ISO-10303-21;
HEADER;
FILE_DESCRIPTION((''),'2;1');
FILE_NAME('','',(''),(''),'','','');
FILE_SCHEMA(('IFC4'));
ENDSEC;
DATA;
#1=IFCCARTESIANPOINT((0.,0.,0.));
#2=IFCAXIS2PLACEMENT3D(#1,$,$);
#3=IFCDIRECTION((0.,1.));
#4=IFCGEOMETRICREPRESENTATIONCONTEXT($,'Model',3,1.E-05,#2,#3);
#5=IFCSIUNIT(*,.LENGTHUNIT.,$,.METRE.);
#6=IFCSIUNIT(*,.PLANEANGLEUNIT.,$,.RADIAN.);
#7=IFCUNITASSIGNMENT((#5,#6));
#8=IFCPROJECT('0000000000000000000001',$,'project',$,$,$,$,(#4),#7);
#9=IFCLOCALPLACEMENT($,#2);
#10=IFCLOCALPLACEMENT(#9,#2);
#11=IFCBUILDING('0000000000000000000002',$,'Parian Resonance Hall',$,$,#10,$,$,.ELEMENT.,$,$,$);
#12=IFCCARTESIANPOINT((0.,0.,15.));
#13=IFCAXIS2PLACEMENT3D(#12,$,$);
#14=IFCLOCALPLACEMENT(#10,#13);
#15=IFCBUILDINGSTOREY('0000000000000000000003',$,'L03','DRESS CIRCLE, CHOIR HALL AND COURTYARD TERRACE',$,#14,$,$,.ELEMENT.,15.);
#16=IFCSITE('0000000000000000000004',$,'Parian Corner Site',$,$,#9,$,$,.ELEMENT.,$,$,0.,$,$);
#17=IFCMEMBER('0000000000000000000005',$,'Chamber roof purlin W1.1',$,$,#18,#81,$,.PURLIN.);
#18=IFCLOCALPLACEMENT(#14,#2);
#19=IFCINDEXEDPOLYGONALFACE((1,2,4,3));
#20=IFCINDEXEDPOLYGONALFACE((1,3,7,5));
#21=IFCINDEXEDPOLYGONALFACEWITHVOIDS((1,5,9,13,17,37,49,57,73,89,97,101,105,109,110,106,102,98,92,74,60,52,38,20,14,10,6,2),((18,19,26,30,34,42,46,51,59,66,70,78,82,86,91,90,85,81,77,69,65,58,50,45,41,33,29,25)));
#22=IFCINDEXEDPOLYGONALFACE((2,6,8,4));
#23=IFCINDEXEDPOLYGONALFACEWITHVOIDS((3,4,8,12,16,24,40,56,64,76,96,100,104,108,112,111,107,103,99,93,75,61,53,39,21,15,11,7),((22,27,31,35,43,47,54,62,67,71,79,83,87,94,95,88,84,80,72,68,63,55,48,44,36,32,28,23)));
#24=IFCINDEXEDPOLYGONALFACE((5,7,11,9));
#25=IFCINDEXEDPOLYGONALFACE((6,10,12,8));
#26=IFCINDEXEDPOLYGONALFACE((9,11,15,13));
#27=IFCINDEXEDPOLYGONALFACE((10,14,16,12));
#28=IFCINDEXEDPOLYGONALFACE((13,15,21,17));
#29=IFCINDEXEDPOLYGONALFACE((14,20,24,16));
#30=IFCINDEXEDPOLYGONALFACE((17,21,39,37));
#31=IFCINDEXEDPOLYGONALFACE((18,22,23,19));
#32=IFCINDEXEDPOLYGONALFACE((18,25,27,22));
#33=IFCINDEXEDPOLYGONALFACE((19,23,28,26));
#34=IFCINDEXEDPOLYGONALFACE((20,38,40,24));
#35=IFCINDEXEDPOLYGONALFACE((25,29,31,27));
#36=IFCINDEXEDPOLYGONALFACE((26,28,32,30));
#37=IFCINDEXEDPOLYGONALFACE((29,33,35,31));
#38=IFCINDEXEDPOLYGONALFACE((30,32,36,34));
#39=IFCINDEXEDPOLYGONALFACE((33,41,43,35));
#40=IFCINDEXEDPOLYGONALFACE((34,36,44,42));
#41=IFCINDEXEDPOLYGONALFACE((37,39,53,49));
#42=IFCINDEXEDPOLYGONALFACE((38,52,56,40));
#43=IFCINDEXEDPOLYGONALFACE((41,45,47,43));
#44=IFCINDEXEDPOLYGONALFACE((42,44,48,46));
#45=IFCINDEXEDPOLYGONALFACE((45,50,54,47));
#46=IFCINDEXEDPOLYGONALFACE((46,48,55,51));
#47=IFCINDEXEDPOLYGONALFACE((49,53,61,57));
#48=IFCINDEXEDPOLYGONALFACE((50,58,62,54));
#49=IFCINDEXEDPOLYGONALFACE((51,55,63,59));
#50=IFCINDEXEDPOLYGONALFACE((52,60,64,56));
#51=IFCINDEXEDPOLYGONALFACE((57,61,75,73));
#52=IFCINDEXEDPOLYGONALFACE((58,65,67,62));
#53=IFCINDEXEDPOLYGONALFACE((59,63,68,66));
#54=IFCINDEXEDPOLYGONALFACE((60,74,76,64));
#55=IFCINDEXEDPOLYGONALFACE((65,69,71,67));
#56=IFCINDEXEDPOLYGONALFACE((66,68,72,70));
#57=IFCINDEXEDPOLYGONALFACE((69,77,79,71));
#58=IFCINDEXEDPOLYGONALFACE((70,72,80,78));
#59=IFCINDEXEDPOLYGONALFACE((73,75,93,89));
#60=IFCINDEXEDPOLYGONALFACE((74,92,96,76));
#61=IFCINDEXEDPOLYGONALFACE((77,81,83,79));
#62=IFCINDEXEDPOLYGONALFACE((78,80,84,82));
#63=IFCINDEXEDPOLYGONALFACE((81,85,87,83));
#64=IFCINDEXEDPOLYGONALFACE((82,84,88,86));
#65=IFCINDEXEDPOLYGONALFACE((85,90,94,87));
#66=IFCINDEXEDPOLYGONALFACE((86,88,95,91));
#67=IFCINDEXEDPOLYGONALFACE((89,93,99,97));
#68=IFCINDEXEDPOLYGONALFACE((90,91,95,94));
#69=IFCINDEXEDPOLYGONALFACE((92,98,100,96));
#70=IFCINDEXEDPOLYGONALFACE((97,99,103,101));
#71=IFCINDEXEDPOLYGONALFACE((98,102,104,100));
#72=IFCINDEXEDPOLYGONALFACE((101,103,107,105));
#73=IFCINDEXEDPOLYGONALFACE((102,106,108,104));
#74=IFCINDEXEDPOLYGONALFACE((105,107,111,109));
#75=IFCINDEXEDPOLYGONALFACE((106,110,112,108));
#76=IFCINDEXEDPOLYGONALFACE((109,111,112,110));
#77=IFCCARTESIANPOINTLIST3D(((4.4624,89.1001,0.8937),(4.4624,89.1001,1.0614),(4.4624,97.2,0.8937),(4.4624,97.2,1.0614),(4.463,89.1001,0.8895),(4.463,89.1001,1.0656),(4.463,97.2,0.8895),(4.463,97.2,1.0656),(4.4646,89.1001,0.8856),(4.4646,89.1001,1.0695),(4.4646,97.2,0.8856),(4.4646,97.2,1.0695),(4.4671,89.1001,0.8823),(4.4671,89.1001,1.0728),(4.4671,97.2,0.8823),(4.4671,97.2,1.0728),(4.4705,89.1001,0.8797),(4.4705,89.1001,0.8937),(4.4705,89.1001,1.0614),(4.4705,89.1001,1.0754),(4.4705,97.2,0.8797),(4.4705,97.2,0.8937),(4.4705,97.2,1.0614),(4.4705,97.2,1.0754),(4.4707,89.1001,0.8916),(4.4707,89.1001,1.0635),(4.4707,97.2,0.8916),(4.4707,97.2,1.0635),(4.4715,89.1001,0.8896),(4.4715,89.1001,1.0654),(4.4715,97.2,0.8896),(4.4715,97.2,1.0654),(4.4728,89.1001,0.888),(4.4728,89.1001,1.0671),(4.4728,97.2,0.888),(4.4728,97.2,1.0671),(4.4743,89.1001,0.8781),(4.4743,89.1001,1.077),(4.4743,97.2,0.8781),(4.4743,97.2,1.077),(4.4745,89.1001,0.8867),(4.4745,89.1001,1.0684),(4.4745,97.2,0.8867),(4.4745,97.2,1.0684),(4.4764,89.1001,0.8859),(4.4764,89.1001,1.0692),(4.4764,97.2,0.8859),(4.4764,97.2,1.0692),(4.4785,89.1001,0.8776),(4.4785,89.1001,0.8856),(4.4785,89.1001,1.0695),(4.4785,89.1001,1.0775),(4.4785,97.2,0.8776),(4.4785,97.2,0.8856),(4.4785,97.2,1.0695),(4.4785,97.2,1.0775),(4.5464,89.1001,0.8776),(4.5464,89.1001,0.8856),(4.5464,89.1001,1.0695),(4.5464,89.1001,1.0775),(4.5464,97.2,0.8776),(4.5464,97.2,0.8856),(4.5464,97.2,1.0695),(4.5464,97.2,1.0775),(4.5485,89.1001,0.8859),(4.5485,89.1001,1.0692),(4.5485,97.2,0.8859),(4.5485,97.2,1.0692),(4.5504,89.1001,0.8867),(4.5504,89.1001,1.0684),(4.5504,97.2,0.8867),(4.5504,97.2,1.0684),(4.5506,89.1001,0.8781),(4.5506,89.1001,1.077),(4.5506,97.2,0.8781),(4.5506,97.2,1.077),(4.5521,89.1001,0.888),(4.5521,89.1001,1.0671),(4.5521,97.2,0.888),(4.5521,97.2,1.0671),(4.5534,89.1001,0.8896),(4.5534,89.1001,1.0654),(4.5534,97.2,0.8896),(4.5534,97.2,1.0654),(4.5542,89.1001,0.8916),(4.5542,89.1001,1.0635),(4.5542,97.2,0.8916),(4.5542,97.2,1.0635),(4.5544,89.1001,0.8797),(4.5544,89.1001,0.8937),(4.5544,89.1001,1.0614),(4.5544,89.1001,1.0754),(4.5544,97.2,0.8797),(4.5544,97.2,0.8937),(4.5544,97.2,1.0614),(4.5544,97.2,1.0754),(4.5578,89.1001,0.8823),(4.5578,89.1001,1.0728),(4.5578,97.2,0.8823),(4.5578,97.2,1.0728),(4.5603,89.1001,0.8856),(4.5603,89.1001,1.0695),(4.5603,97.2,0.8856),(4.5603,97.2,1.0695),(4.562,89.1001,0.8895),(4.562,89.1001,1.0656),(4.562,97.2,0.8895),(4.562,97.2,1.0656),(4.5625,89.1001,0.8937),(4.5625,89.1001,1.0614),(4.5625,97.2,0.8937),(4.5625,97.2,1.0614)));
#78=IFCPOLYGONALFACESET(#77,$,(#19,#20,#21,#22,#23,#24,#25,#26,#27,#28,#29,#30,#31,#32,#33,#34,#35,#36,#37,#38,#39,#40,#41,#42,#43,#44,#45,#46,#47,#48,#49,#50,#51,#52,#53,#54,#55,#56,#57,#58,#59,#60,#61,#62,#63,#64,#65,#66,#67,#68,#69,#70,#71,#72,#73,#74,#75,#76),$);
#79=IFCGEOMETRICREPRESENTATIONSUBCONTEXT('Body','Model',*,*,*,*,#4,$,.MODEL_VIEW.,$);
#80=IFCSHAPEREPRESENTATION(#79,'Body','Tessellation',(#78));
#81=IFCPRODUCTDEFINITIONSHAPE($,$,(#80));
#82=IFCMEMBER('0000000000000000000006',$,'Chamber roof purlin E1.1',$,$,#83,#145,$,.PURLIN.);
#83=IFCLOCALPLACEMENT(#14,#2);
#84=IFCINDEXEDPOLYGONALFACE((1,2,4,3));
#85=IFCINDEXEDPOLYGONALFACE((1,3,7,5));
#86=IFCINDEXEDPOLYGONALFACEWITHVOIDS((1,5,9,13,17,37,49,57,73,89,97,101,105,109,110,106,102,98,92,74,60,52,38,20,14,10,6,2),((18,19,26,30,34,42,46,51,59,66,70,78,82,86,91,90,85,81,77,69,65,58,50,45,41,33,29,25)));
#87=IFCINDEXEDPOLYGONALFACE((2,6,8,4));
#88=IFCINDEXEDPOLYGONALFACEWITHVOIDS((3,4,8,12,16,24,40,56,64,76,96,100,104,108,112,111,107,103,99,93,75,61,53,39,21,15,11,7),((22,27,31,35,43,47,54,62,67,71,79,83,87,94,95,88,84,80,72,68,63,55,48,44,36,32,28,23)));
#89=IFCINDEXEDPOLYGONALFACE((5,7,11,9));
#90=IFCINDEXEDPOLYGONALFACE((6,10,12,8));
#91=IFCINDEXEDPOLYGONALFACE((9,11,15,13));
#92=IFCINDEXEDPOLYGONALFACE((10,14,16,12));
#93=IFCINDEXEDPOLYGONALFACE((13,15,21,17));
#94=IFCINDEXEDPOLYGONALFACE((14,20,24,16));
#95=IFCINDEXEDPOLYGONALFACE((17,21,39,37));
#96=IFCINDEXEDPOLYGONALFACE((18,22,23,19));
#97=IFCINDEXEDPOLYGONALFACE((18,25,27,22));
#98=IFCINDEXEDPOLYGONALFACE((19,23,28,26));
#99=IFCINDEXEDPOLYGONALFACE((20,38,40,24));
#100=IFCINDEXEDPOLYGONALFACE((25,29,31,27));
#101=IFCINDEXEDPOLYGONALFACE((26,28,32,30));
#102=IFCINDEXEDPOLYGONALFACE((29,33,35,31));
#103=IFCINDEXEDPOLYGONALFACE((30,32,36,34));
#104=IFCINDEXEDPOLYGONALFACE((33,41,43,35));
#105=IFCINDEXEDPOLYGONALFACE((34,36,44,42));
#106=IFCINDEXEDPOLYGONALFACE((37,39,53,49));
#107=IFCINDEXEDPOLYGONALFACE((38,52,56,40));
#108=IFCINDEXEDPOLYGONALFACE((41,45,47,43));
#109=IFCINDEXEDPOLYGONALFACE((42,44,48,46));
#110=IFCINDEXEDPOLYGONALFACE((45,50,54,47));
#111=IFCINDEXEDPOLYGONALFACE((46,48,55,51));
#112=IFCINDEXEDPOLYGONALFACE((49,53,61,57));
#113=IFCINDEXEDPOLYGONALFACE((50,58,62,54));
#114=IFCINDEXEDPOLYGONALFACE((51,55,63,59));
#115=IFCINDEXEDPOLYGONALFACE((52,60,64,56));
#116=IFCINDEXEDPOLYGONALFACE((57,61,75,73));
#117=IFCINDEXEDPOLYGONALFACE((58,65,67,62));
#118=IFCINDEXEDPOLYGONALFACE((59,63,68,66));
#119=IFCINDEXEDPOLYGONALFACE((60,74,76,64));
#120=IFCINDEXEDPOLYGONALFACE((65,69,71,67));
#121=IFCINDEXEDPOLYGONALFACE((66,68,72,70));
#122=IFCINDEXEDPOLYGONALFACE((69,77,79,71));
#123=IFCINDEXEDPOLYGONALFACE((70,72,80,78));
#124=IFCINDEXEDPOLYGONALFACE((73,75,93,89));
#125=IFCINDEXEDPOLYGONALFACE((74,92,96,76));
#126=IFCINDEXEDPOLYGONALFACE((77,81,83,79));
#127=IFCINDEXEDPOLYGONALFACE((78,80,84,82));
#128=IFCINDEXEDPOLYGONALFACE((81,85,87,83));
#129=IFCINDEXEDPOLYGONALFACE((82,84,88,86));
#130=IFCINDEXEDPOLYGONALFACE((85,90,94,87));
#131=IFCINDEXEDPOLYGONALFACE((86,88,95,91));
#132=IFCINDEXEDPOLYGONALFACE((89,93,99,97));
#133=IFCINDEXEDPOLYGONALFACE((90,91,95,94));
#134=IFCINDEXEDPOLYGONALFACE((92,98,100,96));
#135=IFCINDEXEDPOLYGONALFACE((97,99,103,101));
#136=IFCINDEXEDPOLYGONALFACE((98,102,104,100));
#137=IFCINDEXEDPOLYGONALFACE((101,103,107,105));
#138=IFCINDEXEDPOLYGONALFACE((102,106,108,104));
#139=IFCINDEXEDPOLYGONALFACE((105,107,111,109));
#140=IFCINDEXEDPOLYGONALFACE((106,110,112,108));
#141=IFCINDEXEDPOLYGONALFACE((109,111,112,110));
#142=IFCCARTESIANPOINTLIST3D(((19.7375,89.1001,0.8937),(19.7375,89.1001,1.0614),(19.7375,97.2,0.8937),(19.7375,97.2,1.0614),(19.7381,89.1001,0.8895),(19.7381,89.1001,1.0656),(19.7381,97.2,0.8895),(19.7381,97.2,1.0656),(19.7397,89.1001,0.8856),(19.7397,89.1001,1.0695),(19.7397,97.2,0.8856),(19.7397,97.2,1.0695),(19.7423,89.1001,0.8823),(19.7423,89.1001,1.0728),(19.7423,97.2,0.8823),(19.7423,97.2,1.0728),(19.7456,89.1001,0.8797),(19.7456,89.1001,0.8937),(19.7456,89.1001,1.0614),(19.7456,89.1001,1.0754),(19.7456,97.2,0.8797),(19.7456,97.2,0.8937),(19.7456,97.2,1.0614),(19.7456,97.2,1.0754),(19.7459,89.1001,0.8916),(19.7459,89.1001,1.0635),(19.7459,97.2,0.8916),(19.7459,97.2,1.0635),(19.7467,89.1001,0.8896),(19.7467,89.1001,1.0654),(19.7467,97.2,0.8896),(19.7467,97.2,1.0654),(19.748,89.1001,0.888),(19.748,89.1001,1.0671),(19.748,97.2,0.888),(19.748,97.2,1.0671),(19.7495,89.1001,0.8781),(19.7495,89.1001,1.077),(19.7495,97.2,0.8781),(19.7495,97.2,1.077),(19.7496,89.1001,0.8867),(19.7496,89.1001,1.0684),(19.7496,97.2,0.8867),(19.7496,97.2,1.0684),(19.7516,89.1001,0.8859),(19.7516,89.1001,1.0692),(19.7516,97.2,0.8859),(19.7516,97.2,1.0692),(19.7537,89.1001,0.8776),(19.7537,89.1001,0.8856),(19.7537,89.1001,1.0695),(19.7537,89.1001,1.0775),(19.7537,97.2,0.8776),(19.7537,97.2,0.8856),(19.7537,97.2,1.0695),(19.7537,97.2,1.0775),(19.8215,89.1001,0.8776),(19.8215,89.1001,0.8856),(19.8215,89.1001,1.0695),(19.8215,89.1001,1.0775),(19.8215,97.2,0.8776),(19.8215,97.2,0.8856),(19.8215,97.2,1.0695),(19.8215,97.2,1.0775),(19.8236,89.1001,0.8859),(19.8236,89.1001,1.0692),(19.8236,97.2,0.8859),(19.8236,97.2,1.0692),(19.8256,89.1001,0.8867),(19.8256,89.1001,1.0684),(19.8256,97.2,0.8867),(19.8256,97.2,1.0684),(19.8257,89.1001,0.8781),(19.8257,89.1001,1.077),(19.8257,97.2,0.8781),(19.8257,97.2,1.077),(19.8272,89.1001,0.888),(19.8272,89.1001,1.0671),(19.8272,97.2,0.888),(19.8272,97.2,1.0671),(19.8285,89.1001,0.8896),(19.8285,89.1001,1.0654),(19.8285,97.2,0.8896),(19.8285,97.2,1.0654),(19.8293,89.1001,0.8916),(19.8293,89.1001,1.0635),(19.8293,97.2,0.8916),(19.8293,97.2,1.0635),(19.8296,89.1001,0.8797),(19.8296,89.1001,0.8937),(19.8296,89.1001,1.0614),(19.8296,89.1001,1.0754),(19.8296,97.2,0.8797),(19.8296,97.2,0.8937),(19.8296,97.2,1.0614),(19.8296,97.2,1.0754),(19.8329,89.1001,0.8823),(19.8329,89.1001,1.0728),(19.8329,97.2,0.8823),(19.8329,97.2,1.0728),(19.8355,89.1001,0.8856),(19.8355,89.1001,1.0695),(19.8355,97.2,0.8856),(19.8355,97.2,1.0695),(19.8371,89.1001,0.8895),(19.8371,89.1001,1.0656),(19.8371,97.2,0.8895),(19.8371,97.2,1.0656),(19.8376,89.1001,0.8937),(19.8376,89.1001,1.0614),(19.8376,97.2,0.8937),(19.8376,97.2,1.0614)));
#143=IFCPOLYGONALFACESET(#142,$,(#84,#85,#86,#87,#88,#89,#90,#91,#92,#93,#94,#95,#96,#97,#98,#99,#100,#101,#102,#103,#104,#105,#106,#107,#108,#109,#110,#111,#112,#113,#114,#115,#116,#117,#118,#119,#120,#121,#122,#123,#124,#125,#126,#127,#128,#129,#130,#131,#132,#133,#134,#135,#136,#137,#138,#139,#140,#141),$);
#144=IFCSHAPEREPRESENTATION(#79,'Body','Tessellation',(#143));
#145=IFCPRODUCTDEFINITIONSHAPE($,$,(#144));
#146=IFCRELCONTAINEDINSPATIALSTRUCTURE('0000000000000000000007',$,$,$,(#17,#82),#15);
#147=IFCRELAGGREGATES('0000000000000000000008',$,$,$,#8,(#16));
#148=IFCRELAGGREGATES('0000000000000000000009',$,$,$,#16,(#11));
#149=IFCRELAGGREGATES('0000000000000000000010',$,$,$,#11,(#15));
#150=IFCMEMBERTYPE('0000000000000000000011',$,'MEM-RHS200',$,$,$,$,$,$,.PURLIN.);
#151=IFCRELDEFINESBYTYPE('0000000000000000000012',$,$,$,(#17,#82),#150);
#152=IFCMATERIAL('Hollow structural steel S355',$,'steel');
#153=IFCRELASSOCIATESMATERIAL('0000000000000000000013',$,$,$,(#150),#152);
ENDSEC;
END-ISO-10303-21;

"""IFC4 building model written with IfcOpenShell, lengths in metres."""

from ifc_helpers import new_model, si_unit, direction, frame, origin, origin_2d, place, context, subcontext, project, spatial, hollow_rectangle, extrude, material, material_profile, profile_set, type_object, element, save


model = new_model("IFC4")

# Units and contexts
model_context = context("Model", 3, precision=1e-05, world=origin(), true_north=direction((0.0, 1.0)))
body_context = subcontext(model_context, "Body", "Model", "MODEL_VIEW")
ifc_project = project(units=[si_unit("LENGTHUNIT", "METRE"), si_unit("PLANEANGLEUNIT", "RADIAN")], contexts=[model_context])

# Site, building, storey
site_placement = place(None, origin())
site = spatial("IfcSite", under=ifc_project, at=site_placement, Name="Parian Corner Site", CompositionType="ELEMENT", RefElevation=0.0)
building_placement = place(site_placement, origin())
building = spatial("IfcBuilding", under=site, at=building_placement, Name="Parian Resonance Hall", CompositionType="ELEMENT")
storey_placement = place(building_placement, frame((0.0, 0.0, 15.0)))
storey = spatial("IfcBuildingStorey", under=building, at=storey_placement, Name="L03", Description="DRESS CIRCLE, CHOIR HALL AND COURTYARD TERRACE", CompositionType="ELEMENT", Elevation=15.0)

# Members
ifc_material_1 = material(Name="Hollow structural steel S355", Category="steel")
ifc_material_profile_1 = material_profile(ifc_material_1, hollow_rectangle(XDim=0.1001, YDim=0.2, WallThickness=0.0081, InnerFilletRadius=0.0081, OuterFilletRadius=0.0161, at=origin_2d()), Name="RHS200x100x8")
ifc_profile_set_1 = profile_set([ifc_material_profile_1], Name="Hollow structural steel S355")
member_type_1 = type_object("IfcMemberType", Name="MEM-RHS200", PredefinedType="PURLIN", material=ifc_profile_set_1)
for number, where, z_axis, x_axis, name in (
    (1, (4.5125, 89.1001, 0.9775), (0.0, 1.0, 0.0), (-1.0, 0.0, 0.0), "Chamber roof purlin W1.1"),
    (2, (19.7876, 89.1001, 0.9775), (0.0, 1.0, 0.0), (-1.0, 0.0, 0.0), "Chamber roof purlin E1.1"),
):
    element("IfcMember", number, at=place(storey_placement, frame(where, z_axis=z_axis, x_axis=x_axis)), inside=storey, type_object=member_type_1, Name=name, PredefinedType="PURLIN", context=body_context, shape_type="SweptSolid", body=[
        extrude(hollow_rectangle(XDim=0.1001, YDim=0.2, WallThickness=0.0081, InnerFilletRadius=0.0081, OuterFilletRadius=0.0161, at=origin_2d()), origin(), (0.0, 0.0, 1.0), 8.0999),
    ])

save(model, "model.ifc")
